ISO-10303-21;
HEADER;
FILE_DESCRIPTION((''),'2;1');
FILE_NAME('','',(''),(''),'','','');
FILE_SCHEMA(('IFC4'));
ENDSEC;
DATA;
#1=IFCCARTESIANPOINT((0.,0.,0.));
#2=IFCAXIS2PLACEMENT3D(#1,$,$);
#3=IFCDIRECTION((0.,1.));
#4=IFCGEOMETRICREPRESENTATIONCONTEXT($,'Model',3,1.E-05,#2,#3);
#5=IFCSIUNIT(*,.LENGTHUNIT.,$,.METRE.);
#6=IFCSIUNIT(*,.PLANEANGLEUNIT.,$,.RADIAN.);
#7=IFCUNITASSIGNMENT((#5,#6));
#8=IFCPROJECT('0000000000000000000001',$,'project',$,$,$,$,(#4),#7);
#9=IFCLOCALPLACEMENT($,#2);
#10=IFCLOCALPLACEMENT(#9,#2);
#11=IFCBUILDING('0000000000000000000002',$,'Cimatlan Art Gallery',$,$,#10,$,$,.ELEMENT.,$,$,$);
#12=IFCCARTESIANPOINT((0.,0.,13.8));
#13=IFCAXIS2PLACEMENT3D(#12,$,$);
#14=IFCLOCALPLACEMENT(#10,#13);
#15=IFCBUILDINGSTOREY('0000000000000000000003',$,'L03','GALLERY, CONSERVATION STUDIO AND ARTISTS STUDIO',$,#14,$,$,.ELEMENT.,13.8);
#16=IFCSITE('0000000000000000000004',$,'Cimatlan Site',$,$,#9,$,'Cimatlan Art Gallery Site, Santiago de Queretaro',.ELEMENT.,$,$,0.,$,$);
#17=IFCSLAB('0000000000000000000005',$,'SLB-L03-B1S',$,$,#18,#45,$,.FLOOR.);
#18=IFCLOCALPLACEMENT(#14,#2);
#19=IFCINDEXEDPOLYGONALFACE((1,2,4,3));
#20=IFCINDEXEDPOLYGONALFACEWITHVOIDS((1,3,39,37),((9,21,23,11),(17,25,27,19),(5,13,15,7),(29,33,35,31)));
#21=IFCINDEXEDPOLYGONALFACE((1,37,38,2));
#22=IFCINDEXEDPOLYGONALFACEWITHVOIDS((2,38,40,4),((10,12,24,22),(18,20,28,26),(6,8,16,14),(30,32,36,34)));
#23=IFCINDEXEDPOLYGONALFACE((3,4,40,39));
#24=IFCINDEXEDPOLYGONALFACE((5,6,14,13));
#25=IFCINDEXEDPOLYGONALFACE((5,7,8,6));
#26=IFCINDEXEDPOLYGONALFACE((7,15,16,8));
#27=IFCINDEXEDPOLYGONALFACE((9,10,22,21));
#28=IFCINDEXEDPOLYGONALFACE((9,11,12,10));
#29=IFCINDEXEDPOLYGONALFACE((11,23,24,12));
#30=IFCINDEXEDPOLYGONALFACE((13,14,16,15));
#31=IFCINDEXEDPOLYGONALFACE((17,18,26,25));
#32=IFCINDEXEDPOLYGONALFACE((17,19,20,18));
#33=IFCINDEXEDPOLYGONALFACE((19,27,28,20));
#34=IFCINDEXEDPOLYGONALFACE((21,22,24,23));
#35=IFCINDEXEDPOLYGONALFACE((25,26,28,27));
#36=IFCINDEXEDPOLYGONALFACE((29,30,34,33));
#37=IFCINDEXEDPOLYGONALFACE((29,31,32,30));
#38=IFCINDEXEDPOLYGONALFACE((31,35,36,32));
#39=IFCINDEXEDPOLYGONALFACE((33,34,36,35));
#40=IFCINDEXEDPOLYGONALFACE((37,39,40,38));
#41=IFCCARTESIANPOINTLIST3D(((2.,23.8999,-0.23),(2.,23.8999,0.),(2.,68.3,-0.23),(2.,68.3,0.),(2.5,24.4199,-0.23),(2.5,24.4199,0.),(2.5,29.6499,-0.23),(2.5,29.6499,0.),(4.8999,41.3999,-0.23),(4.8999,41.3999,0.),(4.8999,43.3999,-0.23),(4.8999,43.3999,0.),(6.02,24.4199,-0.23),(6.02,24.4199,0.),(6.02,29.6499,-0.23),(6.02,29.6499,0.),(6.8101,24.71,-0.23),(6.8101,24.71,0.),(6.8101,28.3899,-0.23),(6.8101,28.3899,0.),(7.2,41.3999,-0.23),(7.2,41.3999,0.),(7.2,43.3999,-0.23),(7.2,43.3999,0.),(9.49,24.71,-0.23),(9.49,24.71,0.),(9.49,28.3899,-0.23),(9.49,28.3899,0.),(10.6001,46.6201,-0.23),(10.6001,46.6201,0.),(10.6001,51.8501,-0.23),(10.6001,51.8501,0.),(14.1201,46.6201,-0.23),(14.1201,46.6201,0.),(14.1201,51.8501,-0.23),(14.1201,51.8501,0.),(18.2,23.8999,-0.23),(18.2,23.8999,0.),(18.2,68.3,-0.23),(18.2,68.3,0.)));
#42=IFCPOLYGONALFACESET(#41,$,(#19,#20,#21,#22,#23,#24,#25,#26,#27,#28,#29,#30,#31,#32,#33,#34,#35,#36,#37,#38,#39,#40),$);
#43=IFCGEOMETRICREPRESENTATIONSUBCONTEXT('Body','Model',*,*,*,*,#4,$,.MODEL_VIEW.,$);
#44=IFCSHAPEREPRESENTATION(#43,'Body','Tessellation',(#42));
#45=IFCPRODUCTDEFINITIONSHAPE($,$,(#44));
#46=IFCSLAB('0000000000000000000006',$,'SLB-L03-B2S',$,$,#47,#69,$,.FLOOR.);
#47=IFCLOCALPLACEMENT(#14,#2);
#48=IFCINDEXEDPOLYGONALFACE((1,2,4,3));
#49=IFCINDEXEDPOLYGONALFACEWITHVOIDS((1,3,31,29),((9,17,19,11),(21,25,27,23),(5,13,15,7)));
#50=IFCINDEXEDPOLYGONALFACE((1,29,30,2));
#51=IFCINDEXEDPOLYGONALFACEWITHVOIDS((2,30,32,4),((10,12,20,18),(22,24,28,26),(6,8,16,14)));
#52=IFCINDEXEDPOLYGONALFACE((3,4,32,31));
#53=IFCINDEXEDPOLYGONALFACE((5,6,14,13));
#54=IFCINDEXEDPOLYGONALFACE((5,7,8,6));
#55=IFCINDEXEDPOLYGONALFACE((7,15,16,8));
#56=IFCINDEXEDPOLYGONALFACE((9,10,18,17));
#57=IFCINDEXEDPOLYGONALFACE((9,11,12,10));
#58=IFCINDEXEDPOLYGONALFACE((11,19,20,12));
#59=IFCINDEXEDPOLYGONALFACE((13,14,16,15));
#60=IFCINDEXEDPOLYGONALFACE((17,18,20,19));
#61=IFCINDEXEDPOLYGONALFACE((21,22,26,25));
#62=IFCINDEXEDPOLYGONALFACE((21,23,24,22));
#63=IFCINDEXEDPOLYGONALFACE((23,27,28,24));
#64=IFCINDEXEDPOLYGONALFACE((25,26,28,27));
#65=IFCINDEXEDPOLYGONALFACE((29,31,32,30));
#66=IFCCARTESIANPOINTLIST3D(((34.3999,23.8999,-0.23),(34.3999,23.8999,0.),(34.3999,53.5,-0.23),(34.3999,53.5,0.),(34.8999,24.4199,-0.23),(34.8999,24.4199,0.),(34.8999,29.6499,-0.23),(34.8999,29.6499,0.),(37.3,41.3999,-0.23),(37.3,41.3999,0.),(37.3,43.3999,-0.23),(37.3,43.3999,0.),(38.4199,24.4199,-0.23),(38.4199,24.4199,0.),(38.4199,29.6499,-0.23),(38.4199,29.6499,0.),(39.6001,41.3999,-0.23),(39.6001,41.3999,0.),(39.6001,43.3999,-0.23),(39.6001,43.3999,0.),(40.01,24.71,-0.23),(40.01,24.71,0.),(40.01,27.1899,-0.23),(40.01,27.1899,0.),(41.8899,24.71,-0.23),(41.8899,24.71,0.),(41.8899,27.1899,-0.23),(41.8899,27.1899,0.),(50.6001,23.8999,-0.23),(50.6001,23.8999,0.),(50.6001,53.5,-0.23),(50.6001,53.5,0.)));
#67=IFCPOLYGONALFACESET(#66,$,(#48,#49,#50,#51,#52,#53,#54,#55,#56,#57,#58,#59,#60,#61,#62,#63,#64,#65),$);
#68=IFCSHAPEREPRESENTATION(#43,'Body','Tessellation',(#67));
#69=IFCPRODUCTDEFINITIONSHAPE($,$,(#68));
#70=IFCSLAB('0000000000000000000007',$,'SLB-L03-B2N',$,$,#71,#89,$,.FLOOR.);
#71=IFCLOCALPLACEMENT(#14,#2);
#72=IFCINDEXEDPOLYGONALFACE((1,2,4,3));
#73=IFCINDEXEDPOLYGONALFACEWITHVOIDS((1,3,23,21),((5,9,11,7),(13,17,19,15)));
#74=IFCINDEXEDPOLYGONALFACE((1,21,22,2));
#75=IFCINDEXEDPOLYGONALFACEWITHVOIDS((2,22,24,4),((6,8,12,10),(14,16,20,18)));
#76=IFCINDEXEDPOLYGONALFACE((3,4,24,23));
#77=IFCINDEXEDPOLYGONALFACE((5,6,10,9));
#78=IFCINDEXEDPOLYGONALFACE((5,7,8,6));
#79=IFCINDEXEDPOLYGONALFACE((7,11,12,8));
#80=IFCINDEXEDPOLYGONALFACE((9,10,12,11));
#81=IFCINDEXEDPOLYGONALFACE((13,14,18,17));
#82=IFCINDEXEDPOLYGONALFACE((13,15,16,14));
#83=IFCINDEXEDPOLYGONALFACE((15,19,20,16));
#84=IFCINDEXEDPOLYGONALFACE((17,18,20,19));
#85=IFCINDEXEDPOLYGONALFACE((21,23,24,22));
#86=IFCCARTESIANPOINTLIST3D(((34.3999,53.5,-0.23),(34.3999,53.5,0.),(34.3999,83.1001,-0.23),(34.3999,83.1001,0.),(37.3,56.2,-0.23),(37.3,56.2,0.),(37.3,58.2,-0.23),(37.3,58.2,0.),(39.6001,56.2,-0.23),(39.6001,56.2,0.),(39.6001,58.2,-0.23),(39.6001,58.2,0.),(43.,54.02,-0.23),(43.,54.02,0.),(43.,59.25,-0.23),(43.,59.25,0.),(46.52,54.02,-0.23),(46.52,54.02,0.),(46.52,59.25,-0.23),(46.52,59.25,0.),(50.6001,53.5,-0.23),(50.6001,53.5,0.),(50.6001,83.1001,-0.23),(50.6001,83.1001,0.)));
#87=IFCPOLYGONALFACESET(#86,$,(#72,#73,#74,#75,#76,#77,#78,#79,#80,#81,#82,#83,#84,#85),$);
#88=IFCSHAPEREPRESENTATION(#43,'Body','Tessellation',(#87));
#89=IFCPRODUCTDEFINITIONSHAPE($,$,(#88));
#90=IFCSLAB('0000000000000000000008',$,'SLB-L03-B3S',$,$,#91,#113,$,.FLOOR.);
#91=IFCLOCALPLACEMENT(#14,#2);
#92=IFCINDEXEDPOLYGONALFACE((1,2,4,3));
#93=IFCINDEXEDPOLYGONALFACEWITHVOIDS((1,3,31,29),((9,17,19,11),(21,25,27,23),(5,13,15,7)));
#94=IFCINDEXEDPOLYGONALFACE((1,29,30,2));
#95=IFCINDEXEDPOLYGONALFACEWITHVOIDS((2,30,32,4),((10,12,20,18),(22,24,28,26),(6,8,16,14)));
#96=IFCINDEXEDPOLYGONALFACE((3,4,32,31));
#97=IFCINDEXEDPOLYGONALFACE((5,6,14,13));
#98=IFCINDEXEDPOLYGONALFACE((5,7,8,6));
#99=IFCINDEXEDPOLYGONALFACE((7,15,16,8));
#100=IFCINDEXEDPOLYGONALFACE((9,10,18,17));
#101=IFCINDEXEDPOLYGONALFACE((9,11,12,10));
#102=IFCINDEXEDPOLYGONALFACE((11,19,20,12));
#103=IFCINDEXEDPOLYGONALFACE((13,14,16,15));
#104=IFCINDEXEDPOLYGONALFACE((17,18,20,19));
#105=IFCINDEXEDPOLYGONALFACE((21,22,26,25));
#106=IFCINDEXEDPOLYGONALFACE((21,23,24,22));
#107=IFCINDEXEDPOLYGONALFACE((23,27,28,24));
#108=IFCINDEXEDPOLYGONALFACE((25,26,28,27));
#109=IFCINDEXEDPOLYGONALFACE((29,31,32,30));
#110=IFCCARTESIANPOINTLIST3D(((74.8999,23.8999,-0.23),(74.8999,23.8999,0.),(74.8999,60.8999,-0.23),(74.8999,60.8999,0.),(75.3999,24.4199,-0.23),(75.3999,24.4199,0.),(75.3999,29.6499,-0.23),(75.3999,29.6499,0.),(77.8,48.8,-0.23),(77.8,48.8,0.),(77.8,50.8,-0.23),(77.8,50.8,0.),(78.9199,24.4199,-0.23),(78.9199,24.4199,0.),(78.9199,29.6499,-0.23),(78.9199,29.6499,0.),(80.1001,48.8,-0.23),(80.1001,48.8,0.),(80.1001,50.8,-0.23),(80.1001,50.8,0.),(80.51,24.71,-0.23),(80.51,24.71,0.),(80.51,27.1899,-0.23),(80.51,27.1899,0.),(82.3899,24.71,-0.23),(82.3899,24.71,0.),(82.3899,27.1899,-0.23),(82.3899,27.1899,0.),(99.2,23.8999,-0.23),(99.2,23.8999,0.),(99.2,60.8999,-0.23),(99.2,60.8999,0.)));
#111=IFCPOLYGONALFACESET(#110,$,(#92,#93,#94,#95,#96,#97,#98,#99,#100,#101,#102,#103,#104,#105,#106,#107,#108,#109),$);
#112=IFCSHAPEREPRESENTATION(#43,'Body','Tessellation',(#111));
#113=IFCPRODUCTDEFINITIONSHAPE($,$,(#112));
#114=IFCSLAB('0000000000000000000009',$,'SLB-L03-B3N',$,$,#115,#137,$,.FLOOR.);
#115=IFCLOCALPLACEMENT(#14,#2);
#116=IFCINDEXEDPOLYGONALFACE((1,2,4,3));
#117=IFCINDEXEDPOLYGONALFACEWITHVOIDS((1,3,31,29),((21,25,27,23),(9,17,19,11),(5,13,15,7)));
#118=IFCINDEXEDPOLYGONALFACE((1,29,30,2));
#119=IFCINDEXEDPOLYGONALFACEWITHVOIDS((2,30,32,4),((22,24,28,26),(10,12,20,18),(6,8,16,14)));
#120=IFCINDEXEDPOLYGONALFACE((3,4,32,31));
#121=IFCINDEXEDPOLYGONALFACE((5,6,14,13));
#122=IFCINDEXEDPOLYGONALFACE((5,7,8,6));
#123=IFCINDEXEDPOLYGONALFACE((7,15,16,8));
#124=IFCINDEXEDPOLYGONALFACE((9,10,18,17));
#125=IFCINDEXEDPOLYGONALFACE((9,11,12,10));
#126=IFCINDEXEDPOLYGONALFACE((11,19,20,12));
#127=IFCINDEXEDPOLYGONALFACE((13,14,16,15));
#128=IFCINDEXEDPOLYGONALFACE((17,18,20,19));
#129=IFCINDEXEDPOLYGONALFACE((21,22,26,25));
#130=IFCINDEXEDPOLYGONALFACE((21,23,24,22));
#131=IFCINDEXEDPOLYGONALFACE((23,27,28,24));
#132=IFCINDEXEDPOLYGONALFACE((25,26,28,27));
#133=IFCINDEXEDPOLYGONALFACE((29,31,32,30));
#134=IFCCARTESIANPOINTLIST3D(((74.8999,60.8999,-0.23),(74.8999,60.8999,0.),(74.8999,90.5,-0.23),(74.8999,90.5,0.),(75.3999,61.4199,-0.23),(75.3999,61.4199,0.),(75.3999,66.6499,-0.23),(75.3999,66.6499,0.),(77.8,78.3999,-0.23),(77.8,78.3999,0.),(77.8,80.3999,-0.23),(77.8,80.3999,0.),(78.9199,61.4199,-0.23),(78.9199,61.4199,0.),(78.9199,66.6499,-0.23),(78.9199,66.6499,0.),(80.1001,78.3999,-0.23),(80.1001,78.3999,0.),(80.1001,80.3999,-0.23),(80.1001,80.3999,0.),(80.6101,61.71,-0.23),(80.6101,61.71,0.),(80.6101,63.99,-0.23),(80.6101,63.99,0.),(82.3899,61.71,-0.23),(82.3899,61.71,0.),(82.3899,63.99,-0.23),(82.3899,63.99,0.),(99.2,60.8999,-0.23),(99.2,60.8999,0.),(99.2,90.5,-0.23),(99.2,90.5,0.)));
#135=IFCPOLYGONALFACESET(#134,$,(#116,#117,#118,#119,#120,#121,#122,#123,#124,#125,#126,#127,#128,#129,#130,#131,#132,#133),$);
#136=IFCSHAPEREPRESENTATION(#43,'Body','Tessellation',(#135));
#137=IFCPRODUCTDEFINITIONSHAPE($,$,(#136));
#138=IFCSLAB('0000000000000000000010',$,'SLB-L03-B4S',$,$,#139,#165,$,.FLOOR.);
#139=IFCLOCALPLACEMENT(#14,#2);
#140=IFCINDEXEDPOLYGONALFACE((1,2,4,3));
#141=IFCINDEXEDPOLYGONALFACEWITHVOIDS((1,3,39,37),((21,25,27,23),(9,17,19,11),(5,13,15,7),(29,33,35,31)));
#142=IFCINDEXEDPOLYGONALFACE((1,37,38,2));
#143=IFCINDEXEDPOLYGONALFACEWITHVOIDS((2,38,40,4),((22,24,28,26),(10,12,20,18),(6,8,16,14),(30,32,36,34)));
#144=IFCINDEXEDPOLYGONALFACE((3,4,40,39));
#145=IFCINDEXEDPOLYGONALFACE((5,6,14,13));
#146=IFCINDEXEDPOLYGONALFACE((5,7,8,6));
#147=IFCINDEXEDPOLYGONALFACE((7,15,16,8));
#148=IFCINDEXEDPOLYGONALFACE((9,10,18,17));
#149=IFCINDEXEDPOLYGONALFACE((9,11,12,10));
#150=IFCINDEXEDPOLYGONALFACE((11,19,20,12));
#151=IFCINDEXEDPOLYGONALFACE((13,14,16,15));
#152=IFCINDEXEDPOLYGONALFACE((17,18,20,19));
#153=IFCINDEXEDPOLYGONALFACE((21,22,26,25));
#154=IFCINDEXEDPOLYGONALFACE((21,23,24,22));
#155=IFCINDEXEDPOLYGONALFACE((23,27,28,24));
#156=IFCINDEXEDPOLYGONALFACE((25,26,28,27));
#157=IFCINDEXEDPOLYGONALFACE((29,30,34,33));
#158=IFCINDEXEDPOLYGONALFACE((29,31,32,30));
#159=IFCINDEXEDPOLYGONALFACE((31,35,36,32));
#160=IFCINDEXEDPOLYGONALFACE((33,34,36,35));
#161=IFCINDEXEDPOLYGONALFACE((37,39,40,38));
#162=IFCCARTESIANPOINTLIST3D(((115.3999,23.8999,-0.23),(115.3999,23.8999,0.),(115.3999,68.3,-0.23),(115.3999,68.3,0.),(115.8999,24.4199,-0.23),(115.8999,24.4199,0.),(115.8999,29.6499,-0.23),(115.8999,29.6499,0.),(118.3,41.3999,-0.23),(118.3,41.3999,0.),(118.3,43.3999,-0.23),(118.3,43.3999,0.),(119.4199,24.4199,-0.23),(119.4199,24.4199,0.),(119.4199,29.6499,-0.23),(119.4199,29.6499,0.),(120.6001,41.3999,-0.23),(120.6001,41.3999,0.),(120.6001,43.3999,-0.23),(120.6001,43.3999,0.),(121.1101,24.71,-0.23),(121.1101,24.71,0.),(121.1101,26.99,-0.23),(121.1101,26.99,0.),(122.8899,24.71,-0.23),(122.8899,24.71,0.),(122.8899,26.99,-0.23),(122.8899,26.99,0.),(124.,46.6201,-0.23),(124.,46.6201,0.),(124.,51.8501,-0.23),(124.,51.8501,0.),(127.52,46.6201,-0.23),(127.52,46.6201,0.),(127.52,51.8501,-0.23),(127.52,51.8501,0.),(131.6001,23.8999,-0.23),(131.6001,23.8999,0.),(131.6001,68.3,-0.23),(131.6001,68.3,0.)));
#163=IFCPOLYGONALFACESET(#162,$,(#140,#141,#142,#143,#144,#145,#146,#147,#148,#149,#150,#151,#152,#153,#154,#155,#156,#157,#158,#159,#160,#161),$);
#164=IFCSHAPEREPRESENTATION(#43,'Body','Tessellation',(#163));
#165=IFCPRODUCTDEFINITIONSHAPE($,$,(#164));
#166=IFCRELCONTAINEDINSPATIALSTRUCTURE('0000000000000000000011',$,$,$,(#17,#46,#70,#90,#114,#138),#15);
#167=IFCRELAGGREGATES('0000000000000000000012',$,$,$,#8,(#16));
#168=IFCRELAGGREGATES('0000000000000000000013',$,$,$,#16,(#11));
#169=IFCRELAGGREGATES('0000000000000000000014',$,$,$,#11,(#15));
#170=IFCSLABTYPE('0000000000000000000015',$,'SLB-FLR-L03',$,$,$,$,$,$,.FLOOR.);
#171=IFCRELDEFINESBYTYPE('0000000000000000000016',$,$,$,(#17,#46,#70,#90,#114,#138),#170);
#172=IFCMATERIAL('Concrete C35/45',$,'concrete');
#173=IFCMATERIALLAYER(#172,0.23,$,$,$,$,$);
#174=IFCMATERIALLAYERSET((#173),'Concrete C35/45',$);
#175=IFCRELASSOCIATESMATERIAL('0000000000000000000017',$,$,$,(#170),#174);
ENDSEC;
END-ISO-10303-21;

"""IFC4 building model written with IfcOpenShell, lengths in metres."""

from ifc_helpers import new_model, si_unit, direction, frame, origin, place, context, subcontext, project, spatial, polyline, outline, extrude, material, layer, layer_set, type_object, element, save


model = new_model("IFC4")

# Units and contexts
model_context = context("Model", 3, precision=1e-05, world=origin(), true_north=direction((0.0, 1.0)))
body_context = subcontext(model_context, "Body", "Model", "MODEL_VIEW")
ifc_project = project(units=[si_unit("LENGTHUNIT", "METRE"), si_unit("PLANEANGLEUNIT", "RADIAN")], contexts=[model_context])

# Site, building, storey
site_placement = place(None, origin())
site = spatial("IfcSite", under=ifc_project, at=site_placement, Name="Cimatlan Site", LongName="Cimatlan Art Gallery Site, Santiago de Queretaro", CompositionType="ELEMENT", RefElevation=0.0)
building_placement = place(site_placement, origin())
building = spatial("IfcBuilding", under=site, at=building_placement, Name="Cimatlan Art Gallery", CompositionType="ELEMENT")
storey_placement = place(building_placement, frame((0.0, 0.0, 13.8)))
storey = spatial("IfcBuildingStorey", under=building, at=storey_placement, Name="L03", Description="GALLERY, CONSERVATION STUDIO AND ARTISTS STUDIO", CompositionType="ELEMENT", Elevation=13.8)

# Slabs
ifc_material = material(Name="Concrete C35/45", Category="concrete")
ifc_layer_1 = layer(ifc_material, 0.23)
ifc_layer_set_1 = layer_set([ifc_layer_1], Name="Concrete C35/45")
slab_type_1 = type_object("IfcSlabType", Name="SLB-FLR-L03", PredefinedType="FLOOR", material=ifc_layer_set_1)
slab_1_placement = place(storey_placement, frame((0.0, 0.0, -0.23)))
element("IfcSlab", 1, at=slab_1_placement, inside=storey, type_object=slab_type_1, Name="SLB-L03-B1S", PredefinedType="FLOOR", context=body_context, shape_type="SweptSolid", body=[
    extrude(outline(polyline([(2.0, 23.8999), (18.2, 23.8999), (18.2, 68.3), (2.0, 68.3), (2.0, 23.8999)]), holes=[polyline([(2.5, 24.4199), (6.02, 24.4199), (6.02, 29.6499), (2.5, 29.6499), (2.5, 24.4199)]), polyline([(6.8101, 24.71), (9.49, 24.71), (9.49, 28.3899), (6.8101, 28.3899), (6.8101, 24.71)]), polyline([(10.6001, 46.6201), (14.1201, 46.6201), (14.1201, 51.8501), (10.6001, 51.8501), (10.6001, 46.6201)]), polyline([(4.8999, 41.3999), (7.2, 41.3999), (7.2, 43.3999), (4.8999, 43.3999), (4.8999, 41.3999)])]), origin(), (0.0, 0.0, 1.0), 0.23),
])
slab_2_placement = place(storey_placement, frame((0.0, 0.0, -0.23)))
element("IfcSlab", 2, at=slab_2_placement, inside=storey, type_object=slab_type_1, Name="SLB-L03-B2S", PredefinedType="FLOOR", context=body_context, shape_type="SweptSolid", body=[
    extrude(outline(polyline([(34.3999, 23.8999), (50.6001, 23.8999), (50.6001, 53.5), (34.3999, 53.5), (34.3999, 23.8999)]), holes=[polyline([(34.8999, 24.4199), (38.4199, 24.4199), (38.4199, 29.6499), (34.8999, 29.6499), (34.8999, 24.4199)]), polyline([(40.01, 24.71), (41.8899, 24.71), (41.8899, 27.1899), (40.01, 27.1899), (40.01, 24.71)]), polyline([(37.3, 41.3999), (39.6001, 41.3999), (39.6001, 43.3999), (37.3, 43.3999), (37.3, 41.3999)])]), origin(), (0.0, 0.0, 1.0), 0.23),
])
slab_3_placement = place(storey_placement, frame((0.0, 0.0, -0.23)))
element("IfcSlab", 3, at=slab_3_placement, inside=storey, type_object=slab_type_1, Name="SLB-L03-B2N", PredefinedType="FLOOR", context=body_context, shape_type="SweptSolid", body=[
    extrude(outline(polyline([(34.3999, 53.5), (50.6001, 53.5), (50.6001, 83.1001), (34.3999, 83.1001), (34.3999, 53.5)]), holes=[polyline([(43.0, 54.02), (46.52, 54.02), (46.52, 59.25), (43.0, 59.25), (43.0, 54.02)]), polyline([(37.3, 56.2), (39.6001, 56.2), (39.6001, 58.2), (37.3, 58.2), (37.3, 56.2)])]), origin(), (0.0, 0.0, 1.0), 0.23),
])
slab_4_placement = place(storey_placement, frame((0.0, 0.0, -0.23)))
element("IfcSlab", 4, at=slab_4_placement, inside=storey, type_object=slab_type_1, Name="SLB-L03-B3S", PredefinedType="FLOOR", context=body_context, shape_type="SweptSolid", body=[
    extrude(outline(polyline([(74.8999, 23.8999), (99.2, 23.8999), (99.2, 60.8999), (74.8999, 60.8999), (74.8999, 23.8999)]), holes=[polyline([(75.3999, 24.4199), (78.9199, 24.4199), (78.9199, 29.6499), (75.3999, 29.6499), (75.3999, 24.4199)]), polyline([(80.51, 24.71), (82.3899, 24.71), (82.3899, 27.1899), (80.51, 27.1899), (80.51, 24.71)]), polyline([(77.8, 48.8), (80.1001, 48.8), (80.1001, 50.8), (77.8, 50.8), (77.8, 48.8)])]), origin(), (0.0, 0.0, 1.0), 0.23),
])
slab_5_placement = place(storey_placement, frame((0.0, 0.0, -0.23)))
element("IfcSlab", 5, at=slab_5_placement, inside=storey, type_object=slab_type_1, Name="SLB-L03-B3N", PredefinedType="FLOOR", context=body_context, shape_type="SweptSolid", body=[
    extrude(outline(polyline([(74.8999, 60.8999), (99.2, 60.8999), (99.2, 90.5), (74.8999, 90.5), (74.8999, 60.8999)]), holes=[polyline([(75.3999, 61.4199), (78.9199, 61.4199), (78.9199, 66.6499), (75.3999, 66.6499), (75.3999, 61.4199)]), polyline([(80.6101, 61.71), (82.3899, 61.71), (82.3899, 63.99), (80.6101, 63.99), (80.6101, 61.71)]), polyline([(77.8, 78.3999), (80.1001, 78.3999), (80.1001, 80.3999), (77.8, 80.3999), (77.8, 78.3999)])]), origin(), (0.0, 0.0, 1.0), 0.23),
])
slab_6_placement = place(storey_placement, frame((0.0, 0.0, -0.23)))
element("IfcSlab", 6, at=slab_6_placement, inside=storey, type_object=slab_type_1, Name="SLB-L03-B4S", PredefinedType="FLOOR", context=body_context, shape_type="SweptSolid", body=[
    extrude(outline(polyline([(115.3999, 23.8999), (131.6001, 23.8999), (131.6001, 68.3), (115.3999, 68.3), (115.3999, 23.8999)]), holes=[polyline([(115.8999, 24.4199), (119.4199, 24.4199), (119.4199, 29.6499), (115.8999, 29.6499), (115.8999, 24.4199)]), polyline([(121.1101, 24.71), (122.8899, 24.71), (122.8899, 26.99), (121.1101, 26.99), (121.1101, 24.71)]), polyline([(124.0, 46.6201), (127.52, 46.6201), (127.52, 51.8501), (124.0, 51.8501), (124.0, 46.6201)]), polyline([(118.3, 41.3999), (120.6001, 41.3999), (120.6001, 43.3999), (118.3, 43.3999), (118.3, 41.3999)])]), origin(), (0.0, 0.0, 1.0), 0.23),
])

save(model, "model.ifc")
